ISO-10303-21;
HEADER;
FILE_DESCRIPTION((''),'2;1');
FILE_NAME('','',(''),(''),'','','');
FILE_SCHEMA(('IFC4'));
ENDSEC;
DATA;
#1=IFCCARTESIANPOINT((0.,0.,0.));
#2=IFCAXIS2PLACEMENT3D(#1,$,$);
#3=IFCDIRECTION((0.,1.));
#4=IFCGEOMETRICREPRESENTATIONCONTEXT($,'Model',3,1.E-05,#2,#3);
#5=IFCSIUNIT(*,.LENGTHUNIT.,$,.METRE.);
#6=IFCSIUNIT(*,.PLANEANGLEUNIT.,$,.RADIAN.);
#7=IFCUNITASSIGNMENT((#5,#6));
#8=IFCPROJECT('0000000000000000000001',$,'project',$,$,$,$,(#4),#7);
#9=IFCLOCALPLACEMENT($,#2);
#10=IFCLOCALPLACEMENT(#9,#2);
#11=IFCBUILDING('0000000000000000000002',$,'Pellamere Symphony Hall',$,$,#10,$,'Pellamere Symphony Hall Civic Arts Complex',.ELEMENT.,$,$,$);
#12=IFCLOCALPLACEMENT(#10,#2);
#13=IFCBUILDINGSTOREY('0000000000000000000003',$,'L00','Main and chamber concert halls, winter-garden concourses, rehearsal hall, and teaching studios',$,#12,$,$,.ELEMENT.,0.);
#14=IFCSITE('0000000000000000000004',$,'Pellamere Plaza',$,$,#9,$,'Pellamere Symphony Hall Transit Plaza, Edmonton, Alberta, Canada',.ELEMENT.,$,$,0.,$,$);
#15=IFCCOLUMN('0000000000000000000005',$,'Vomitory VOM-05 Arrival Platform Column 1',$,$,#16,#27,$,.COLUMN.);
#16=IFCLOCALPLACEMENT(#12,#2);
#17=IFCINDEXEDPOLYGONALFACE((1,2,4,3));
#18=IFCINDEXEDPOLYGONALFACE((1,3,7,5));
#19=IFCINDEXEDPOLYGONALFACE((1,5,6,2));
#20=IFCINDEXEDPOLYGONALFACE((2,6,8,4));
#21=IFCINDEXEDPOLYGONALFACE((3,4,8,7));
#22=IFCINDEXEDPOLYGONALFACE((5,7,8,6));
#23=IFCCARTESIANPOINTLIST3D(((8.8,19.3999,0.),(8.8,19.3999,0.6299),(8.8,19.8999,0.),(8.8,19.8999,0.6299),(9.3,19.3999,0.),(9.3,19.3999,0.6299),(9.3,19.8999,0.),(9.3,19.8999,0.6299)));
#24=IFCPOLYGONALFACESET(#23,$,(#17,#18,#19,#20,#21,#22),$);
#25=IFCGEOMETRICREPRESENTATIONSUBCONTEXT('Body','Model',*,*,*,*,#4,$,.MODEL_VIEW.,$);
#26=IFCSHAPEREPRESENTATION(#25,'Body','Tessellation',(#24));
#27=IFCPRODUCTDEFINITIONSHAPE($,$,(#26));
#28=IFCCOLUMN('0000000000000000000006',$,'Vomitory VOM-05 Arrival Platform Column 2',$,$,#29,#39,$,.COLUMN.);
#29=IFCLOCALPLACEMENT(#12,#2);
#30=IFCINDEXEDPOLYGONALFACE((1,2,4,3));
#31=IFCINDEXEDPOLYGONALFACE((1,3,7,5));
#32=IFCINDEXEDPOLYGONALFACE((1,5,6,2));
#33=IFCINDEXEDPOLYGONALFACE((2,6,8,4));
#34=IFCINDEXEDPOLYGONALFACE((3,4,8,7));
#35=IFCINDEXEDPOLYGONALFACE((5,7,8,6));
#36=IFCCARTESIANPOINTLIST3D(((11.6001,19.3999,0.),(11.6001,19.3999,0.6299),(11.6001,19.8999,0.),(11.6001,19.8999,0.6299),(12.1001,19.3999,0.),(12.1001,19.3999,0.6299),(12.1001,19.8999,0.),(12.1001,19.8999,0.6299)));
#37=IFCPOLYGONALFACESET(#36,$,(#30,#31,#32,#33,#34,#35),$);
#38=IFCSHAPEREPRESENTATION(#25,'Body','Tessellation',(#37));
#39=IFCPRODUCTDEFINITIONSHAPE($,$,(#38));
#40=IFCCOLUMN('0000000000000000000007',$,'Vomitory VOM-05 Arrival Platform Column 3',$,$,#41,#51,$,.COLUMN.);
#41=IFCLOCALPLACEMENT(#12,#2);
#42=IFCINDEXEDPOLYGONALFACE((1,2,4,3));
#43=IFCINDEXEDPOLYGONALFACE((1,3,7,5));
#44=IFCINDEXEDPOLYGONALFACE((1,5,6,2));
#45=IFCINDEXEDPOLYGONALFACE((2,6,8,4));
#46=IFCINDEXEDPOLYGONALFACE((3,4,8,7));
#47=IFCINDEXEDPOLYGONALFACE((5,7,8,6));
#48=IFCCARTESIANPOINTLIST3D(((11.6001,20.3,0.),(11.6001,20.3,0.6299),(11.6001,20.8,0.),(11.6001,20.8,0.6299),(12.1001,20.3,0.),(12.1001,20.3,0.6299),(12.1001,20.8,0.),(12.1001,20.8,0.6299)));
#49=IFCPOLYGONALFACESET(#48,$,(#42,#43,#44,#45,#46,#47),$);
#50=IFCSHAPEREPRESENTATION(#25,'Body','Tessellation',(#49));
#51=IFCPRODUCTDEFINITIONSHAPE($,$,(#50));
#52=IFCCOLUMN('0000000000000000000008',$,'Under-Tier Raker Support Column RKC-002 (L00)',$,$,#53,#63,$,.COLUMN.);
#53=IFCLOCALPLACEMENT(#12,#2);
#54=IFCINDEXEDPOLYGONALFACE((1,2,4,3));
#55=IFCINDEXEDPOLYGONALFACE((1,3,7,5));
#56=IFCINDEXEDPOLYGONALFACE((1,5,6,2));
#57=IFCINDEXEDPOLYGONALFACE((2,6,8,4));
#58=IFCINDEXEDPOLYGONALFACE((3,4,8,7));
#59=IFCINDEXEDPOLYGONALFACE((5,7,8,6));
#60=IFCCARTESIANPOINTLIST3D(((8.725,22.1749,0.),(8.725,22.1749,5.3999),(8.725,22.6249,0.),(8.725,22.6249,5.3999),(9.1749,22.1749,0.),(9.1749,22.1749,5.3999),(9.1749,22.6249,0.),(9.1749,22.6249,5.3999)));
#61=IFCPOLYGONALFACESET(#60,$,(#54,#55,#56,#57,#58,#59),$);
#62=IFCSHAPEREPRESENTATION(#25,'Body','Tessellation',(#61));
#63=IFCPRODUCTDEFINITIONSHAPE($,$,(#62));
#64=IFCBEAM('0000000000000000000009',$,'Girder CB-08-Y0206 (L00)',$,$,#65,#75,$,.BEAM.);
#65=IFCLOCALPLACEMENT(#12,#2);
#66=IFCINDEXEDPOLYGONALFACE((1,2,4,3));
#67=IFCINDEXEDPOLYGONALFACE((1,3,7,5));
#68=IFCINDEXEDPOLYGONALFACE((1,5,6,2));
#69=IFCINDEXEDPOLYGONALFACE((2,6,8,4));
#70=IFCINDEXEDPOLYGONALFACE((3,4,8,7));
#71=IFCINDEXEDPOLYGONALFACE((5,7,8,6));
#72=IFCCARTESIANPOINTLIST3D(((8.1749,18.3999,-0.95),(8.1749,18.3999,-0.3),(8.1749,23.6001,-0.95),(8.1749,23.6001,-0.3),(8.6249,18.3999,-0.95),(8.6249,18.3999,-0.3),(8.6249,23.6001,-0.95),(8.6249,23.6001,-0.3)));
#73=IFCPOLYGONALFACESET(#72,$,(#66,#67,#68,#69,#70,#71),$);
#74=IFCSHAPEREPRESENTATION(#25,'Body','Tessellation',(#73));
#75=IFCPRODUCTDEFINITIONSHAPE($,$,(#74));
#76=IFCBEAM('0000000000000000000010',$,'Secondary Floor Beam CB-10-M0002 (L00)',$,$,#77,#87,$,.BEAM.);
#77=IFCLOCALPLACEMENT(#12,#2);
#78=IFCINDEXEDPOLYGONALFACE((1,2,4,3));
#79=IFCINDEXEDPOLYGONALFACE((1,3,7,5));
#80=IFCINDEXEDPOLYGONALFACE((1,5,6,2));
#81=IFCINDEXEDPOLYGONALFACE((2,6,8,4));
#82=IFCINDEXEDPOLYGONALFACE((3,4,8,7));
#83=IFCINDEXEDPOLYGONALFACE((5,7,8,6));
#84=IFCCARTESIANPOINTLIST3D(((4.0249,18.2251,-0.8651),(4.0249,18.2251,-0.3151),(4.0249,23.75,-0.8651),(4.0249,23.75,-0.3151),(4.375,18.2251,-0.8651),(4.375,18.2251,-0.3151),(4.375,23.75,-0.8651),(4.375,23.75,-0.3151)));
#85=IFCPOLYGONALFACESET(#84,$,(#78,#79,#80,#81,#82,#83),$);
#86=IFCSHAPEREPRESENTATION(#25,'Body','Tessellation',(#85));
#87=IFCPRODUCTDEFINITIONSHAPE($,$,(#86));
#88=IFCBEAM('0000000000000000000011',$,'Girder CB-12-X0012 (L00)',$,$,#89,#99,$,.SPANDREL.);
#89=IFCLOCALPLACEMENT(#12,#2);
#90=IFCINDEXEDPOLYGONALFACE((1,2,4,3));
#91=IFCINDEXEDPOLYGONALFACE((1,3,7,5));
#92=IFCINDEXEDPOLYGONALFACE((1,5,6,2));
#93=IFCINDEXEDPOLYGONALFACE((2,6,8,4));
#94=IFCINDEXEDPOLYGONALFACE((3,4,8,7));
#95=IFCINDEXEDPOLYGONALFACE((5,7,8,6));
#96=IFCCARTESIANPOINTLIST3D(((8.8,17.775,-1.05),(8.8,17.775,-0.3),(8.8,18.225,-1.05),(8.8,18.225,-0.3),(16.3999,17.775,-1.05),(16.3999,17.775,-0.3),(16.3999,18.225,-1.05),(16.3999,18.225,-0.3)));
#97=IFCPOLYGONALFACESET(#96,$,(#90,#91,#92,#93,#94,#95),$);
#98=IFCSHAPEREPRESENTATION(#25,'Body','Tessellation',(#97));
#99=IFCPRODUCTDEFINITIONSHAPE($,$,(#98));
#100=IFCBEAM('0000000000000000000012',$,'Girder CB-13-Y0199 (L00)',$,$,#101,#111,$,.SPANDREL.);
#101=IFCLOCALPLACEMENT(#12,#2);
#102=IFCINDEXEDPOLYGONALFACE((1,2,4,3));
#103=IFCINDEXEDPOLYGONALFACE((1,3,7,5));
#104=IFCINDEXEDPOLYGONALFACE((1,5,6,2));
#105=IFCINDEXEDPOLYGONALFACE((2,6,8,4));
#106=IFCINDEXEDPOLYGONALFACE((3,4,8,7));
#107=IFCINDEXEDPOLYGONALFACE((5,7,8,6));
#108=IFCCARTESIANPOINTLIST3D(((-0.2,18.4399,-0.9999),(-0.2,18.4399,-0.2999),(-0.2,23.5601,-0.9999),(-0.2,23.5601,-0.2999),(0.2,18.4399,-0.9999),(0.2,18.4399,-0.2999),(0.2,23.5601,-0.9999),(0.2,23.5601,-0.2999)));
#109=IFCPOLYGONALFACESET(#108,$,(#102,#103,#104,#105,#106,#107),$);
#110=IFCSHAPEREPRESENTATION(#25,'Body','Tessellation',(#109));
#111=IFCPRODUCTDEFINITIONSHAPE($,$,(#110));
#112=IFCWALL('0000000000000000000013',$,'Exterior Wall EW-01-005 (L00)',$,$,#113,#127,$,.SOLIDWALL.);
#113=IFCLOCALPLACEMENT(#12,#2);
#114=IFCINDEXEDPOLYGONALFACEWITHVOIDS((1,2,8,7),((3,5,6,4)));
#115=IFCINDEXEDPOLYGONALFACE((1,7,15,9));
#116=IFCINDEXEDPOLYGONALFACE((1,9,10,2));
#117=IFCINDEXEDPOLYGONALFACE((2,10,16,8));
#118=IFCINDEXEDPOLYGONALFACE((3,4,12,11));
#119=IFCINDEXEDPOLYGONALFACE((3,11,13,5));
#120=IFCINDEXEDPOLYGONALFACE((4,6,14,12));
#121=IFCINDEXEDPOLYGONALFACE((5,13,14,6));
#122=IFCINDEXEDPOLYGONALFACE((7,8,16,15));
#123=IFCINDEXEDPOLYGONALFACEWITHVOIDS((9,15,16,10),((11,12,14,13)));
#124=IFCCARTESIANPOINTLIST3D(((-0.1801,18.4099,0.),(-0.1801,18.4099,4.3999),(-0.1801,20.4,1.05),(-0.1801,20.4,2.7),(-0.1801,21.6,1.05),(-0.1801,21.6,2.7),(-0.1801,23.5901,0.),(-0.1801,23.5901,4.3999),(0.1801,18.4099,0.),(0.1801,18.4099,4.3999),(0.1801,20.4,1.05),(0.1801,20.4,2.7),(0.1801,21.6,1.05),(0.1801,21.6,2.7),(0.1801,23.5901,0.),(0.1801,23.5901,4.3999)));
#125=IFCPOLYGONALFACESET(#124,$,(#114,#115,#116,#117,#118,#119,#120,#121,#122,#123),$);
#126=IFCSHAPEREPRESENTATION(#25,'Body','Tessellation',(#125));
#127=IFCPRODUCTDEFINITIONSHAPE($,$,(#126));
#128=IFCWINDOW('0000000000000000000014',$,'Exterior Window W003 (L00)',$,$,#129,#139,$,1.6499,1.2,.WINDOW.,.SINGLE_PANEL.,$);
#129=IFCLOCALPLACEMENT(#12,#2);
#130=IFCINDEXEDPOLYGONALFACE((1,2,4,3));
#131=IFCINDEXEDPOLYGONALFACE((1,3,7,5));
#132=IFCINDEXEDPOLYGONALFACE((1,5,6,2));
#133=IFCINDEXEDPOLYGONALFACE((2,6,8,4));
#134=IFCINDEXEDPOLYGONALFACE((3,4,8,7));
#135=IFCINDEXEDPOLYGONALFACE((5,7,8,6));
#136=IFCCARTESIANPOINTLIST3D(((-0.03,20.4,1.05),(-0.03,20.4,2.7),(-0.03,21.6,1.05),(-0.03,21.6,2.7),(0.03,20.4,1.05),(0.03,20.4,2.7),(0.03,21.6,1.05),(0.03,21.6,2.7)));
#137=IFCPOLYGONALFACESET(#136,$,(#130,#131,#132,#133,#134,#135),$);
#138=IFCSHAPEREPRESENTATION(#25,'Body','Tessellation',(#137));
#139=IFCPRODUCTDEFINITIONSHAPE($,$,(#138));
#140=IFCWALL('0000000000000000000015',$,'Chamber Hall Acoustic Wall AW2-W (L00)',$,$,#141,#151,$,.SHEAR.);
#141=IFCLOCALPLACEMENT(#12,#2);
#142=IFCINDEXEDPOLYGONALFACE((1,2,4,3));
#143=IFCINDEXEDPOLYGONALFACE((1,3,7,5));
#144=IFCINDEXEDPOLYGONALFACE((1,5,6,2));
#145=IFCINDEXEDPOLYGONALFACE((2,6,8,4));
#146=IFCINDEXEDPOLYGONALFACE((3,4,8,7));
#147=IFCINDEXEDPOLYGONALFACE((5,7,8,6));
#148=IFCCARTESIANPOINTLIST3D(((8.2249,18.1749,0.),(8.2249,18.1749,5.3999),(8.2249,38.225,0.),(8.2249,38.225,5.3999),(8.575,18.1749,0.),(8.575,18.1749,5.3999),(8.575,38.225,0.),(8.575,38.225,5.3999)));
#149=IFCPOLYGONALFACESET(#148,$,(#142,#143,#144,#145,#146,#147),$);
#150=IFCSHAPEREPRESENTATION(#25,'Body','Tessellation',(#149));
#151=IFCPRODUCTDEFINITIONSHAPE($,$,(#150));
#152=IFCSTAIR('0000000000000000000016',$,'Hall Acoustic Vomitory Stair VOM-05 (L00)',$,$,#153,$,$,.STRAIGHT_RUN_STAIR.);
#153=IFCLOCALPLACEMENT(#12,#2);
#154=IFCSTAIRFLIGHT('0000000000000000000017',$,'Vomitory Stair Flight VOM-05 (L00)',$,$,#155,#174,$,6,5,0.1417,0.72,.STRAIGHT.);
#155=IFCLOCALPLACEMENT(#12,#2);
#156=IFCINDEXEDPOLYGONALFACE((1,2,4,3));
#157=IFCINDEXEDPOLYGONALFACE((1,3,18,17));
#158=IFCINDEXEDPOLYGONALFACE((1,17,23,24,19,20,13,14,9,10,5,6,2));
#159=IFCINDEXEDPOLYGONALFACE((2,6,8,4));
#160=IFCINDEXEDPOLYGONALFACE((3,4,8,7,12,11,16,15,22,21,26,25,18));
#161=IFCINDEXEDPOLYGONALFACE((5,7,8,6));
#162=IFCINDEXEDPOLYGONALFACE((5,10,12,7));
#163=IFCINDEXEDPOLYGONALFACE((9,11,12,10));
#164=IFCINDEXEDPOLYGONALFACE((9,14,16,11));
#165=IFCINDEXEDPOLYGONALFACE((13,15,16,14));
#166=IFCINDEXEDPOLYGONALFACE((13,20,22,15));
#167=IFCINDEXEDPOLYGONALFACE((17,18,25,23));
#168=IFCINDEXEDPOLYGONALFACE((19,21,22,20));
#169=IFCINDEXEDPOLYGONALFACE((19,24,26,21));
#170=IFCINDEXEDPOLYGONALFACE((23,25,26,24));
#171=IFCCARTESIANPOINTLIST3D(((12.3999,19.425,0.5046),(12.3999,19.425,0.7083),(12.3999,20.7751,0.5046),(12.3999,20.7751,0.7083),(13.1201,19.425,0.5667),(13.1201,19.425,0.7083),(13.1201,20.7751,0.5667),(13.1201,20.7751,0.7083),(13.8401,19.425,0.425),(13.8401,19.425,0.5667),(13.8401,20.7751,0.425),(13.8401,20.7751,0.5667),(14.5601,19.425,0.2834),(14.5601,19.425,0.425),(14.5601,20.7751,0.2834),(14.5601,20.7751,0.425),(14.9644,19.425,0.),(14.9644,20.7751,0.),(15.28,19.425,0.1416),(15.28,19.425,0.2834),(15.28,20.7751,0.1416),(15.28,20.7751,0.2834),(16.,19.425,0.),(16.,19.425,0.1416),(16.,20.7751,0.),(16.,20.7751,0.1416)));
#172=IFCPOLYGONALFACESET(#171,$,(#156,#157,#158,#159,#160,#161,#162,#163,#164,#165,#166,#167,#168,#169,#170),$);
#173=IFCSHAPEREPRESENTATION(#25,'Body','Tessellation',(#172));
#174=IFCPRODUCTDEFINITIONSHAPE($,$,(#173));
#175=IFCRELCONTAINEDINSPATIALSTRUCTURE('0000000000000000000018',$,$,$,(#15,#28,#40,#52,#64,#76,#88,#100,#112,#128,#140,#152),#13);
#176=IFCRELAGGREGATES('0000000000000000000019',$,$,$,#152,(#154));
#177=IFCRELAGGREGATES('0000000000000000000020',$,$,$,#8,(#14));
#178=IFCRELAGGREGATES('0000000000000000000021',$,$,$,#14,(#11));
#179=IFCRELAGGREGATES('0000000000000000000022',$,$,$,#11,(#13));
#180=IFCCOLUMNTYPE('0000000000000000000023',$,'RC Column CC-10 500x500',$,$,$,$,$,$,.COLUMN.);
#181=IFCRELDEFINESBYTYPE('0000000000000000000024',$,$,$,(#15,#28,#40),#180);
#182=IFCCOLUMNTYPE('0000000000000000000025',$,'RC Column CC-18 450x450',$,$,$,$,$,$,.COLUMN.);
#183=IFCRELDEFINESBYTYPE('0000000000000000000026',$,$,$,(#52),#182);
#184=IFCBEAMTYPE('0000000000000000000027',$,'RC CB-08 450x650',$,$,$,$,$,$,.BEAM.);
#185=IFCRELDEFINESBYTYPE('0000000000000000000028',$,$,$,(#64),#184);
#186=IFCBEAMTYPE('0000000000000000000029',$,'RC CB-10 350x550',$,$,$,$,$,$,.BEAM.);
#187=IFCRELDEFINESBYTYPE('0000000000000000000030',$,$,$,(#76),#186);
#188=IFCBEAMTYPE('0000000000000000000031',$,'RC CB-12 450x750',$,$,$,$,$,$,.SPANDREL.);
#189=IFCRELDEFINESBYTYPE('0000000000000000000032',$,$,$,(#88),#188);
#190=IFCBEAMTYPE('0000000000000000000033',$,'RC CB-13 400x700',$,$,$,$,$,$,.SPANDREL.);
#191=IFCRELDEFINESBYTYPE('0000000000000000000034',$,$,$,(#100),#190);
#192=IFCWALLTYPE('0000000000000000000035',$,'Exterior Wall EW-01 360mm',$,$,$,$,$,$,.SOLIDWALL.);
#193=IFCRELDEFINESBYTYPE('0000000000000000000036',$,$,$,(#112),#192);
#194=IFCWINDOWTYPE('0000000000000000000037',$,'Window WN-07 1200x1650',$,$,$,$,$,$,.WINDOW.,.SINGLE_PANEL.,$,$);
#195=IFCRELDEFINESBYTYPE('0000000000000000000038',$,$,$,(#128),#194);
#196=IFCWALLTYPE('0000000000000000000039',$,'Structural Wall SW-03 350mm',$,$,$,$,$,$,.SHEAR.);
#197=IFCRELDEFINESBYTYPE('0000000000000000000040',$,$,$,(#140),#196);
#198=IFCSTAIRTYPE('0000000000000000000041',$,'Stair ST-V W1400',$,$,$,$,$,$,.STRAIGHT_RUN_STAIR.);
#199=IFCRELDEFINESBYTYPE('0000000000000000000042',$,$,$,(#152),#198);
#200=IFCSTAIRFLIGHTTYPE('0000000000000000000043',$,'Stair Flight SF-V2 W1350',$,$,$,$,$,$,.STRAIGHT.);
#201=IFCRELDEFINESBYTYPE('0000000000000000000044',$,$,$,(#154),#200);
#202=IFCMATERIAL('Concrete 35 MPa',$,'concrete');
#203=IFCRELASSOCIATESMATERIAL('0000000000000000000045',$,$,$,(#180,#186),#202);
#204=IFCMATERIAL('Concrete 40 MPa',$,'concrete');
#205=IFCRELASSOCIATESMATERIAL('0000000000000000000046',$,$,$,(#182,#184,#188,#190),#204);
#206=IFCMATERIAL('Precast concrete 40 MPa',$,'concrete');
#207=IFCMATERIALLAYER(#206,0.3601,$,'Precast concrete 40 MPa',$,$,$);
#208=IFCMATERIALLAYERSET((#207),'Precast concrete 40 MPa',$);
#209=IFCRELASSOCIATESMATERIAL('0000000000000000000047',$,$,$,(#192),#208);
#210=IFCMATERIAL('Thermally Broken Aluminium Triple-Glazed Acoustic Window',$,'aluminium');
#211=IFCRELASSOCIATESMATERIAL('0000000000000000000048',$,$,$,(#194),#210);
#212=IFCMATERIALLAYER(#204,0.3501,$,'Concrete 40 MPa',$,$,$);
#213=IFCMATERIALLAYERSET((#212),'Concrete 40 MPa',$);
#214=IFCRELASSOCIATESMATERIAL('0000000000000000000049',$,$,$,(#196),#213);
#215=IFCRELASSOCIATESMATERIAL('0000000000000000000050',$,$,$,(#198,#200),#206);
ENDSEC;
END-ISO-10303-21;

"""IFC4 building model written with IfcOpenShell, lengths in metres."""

from ifc_helpers import new_model, si_unit, direction, frame, frame_2d, origin, origin_2d, place, context, subcontext, project, spatial, polyline, rectangle, outline, extrude, material, layer, layer_set, material_profile, profile_set, type_object, element, fill, aggregate, save


model = new_model("IFC4")

# Units and contexts
model_context = context("Model", 3, precision=1e-05, world=origin(), true_north=direction((0.0, 1.0)))
body_context = subcontext(model_context, "Body", "Model", "MODEL_VIEW")
ifc_project = project(units=[si_unit("LENGTHUNIT", "METRE"), si_unit("PLANEANGLEUNIT", "RADIAN")], contexts=[model_context])

# Site, building, storey
site_placement = place(None, origin())
site = spatial("IfcSite", under=ifc_project, at=site_placement, Name="Pellamere Plaza", LongName="Pellamere Symphony Hall Transit Plaza, Edmonton, Alberta, Canada", CompositionType="ELEMENT", RefElevation=0.0)
building_placement = place(site_placement, origin())
building = spatial("IfcBuilding", under=site, at=building_placement, Name="Pellamere Symphony Hall", LongName="Pellamere Symphony Hall Civic Arts Complex", CompositionType="ELEMENT")
storey_placement = place(building_placement, origin())
storey = spatial("IfcBuildingStorey", under=building, at=storey_placement, Name="L00", Description="Main and chamber concert halls, winter-garden concourses, rehearsal hall, and teaching studios", CompositionType="ELEMENT", Elevation=0.0)

# Columns
ifc_material_1 = material(Name="Concrete 35 MPa", Category="concrete")
ifc_material_profile_1 = material_profile(ifc_material_1, rectangle(XDim=0.5, YDim=0.5, at=origin_2d()), Name="RC 500x500")
ifc_profile_set_1 = profile_set([ifc_material_profile_1], Name="Concrete 35 MPa")
column_type_1 = type_object("IfcColumnType", Name="RC Column CC-10 500x500", PredefinedType="COLUMN", material=ifc_profile_set_1)
for number, where, z_axis, x_axis, name in (
    (1, (9.05, 19.6499, 0.0), (0.0, 0.0, 1.0), (1.0, 0.0, 0.0), "Vomitory VOM-05 Arrival Platform Column 1"),
    (2, (11.8501, 19.6499, 0.0), (0.0, 0.0, 1.0), (1.0, 0.0, 0.0), "Vomitory VOM-05 Arrival Platform Column 2"),
    (3, (11.8501, 20.55, 0.0), (0.0, 0.0, 1.0), (1.0, 0.0, 0.0), "Vomitory VOM-05 Arrival Platform Column 3"),
):
    element("IfcColumn", number, at=place(storey_placement, frame(where, z_axis=z_axis, x_axis=x_axis)), inside=storey, type_object=column_type_1, Name=name, PredefinedType="COLUMN", context=body_context, shape_type="SweptSolid", body=[
        extrude(rectangle(XDim=0.5, YDim=0.5, at=origin_2d()), origin(), (0.0, 0.0, 1.0), 0.6299),
    ])
ifc_material_2 = material(Name="Concrete 40 MPa", Category="concrete")
ifc_material_profile_2 = material_profile(ifc_material_2, rectangle(XDim=0.45, YDim=0.45, at=origin_2d()), Name="RC 450x450")
ifc_profile_set_2 = profile_set([ifc_material_profile_2], Name="Concrete 40 MPa")
column_type_2 = type_object("IfcColumnType", Name="RC Column CC-18 450x450", PredefinedType="COLUMN", material=ifc_profile_set_2)
column_placement = place(storey_placement, frame((8.95, 22.3999, 0.0), z_axis=(0.0, 0.0, 1.0), x_axis=(1.0, 0.0, 0.0)))
element("IfcColumn", 4, at=column_placement, inside=storey, type_object=column_type_2, Name="Under-Tier Raker Support Column RKC-002 (L00)", PredefinedType="COLUMN", context=body_context, shape_type="SweptSolid", body=[
    extrude(rectangle(XDim=0.45, YDim=0.45, at=origin_2d()), origin(), (0.0, 0.0, 1.0), 5.3999),
])

# Beams
ifc_material_profile_3 = material_profile(ifc_material_2, rectangle(XDim=0.45, YDim=0.6499, at=origin_2d()), Name="RC 450x650")
ifc_profile_set_3 = profile_set([ifc_material_profile_3], Name="Concrete 40 MPa")
beam_type_1 = type_object("IfcBeamType", Name="RC CB-08 450x650", PredefinedType="BEAM", material=ifc_profile_set_3)
beam_1_placement = place(storey_placement, frame((8.3999, 18.3999, -0.625), z_axis=(0.0, 1.0, 0.0), x_axis=(-1.0, 0.0, 0.0)))
element("IfcBeam", 5, at=beam_1_placement, inside=storey, type_object=beam_type_1, Name="Girder CB-08-Y0206 (L00)", PredefinedType="BEAM", context=body_context, shape_type="SweptSolid", body=[
    extrude(rectangle(XDim=0.45, YDim=0.6499, at=origin_2d()), origin(), (0.0, 0.0, 1.0), 5.2002),
])
ifc_material_profile_4 = material_profile(ifc_material_1, rectangle(XDim=0.3501, YDim=0.55, at=origin_2d()), Name="RC 350x550")
ifc_profile_set_4 = profile_set([ifc_material_profile_4], Name="Concrete 35 MPa")
beam_type_2 = type_object("IfcBeamType", Name="RC CB-10 350x550", PredefinedType="BEAM", material=ifc_profile_set_4)
beam_2_placement = place(storey_placement, frame((4.2, 18.2251, -0.5901), z_axis=(0.0, 1.0, 0.0), x_axis=(-1.0, 0.0, 0.0)))
element("IfcBeam", 6, at=beam_2_placement, inside=storey, type_object=beam_type_2, Name="Secondary Floor Beam CB-10-M0002 (L00)", PredefinedType="BEAM", context=body_context, shape_type="SweptSolid", body=[
    extrude(rectangle(XDim=0.3501, YDim=0.55, at=origin_2d()), origin(), (0.0, 0.0, 1.0), 5.5249),
])
ifc_material_profile_5 = material_profile(ifc_material_2, rectangle(XDim=0.45, YDim=0.75, at=origin_2d()), Name="RC 450x750")
ifc_profile_set_5 = profile_set([ifc_material_profile_5], Name="Concrete 40 MPa")
beam_type_3 = type_object("IfcBeamType", Name="RC CB-12 450x750", PredefinedType="SPANDREL", material=ifc_profile_set_5)
beam_3_placement = place(storey_placement, frame((8.8, 18.0, -0.675), z_axis=(1.0, 0.0, 0.0), x_axis=(0.0, 1.0, 0.0)))
element("IfcBeam", 7, at=beam_3_placement, inside=storey, type_object=beam_type_3, Name="Girder CB-12-X0012 (L00)", PredefinedType="SPANDREL", context=body_context, shape_type="SweptSolid", body=[
    extrude(rectangle(XDim=0.45, YDim=0.75, at=origin_2d()), origin(), (0.0, 0.0, 1.0), 7.5999),
])
ifc_material_profile_6 = material_profile(ifc_material_2, rectangle(XDim=0.3999, YDim=0.7, at=origin_2d()), Name="RC 400x700")
ifc_profile_set_6 = profile_set([ifc_material_profile_6], Name="Concrete 40 MPa")
beam_type_4 = type_object("IfcBeamType", Name="RC CB-13 400x700", PredefinedType="SPANDREL", material=ifc_profile_set_6)
beam_4_placement = place(storey_placement, frame((0.0, 18.4399, -0.6499), z_axis=(0.0, 1.0, 0.0), x_axis=(-1.0, 0.0, 0.0)))
element("IfcBeam", 8, at=beam_4_placement, inside=storey, type_object=beam_type_4, Name="Girder CB-13-Y0199 (L00)", PredefinedType="SPANDREL", context=body_context, shape_type="SweptSolid", body=[
    extrude(rectangle(XDim=0.3999, YDim=0.7, at=origin_2d()), origin(), (0.0, 0.0, 1.0), 5.1201),
])

# Wall, opening, window
ifc_material_3 = material(Name="Precast concrete 40 MPa", Category="concrete")
ifc_layer_1 = layer(ifc_material_3, 0.3601, Name="Precast concrete 40 MPa")
ifc_layer_set_1 = layer_set([ifc_layer_1], Name="Precast concrete 40 MPa")
wall_type_1 = type_object("IfcWallType", Name="Exterior Wall EW-01 360mm", PredefinedType="SOLIDWALL", material=ifc_layer_set_1)
wall_1_placement = place(storey_placement, frame((0.0, 18.4099, 0.0), z_axis=(0.0, 0.0, 1.0), x_axis=(0.0, 1.0, 0.0)))
wall_1 = element("IfcWall", 9, at=wall_1_placement, inside=storey, type_object=wall_type_1, Name="Exterior Wall EW-01-005 (L00)", PredefinedType="SOLIDWALL", context=body_context, shape_type="SweptSolid", body=[
    extrude(rectangle(XDim=5.1802, YDim=0.3601, at=frame_2d((2.5901, 0.0))), origin(), (0.0, 0.0, 1.0), 4.3999),
])
opening_placement = place(wall_1_placement, frame((1.99, 0.0, 1.05)))
opening = element("IfcOpeningElement", 10, at=opening_placement, cuts=wall_1, PredefinedType="OPENING", context=body_context, shape_type="SweptSolid", body=[
    extrude(rectangle(XDim=1.2, YDim=1.6499, at=frame_2d((0.6001, 0.825))), frame((0.0, 0.1899, 0.0), z_axis=(0.0, -1.0, 0.0), x_axis=(1.0, 0.0, 0.0)), (0.0, 0.0, 1.0), 0.3801),
])
ifc_material_4 = material(Name="Thermally Broken Aluminium Triple-Glazed Acoustic Window", Category="aluminium")
window_type = type_object("IfcWindowType", Name="Window WN-07 1200x1650", PartitioningType="SINGLE_PANEL", PredefinedType="WINDOW", material=ifc_material_4)
window_placement = place(opening_placement, origin())
window = element("IfcWindow", 11, at=window_placement, inside=storey, type_object=window_type, Name="Exterior Window W003 (L00)", OverallHeight=1.6499, OverallWidth=1.2, PartitioningType="SINGLE_PANEL", PredefinedType="WINDOW", context=body_context, shape_type="SweptSolid", body=[
    extrude(rectangle(XDim=1.2, YDim=1.6499, at=frame_2d((0.6001, 0.825))), frame((0.0, 0.03, 0.0), z_axis=(0.0, -1.0, 0.0), x_axis=(1.0, 0.0, 0.0)), (0.0, 0.0, 1.0), 0.0601),
])
fill(opening, window)

# Wall
ifc_layer_2 = layer(ifc_material_2, 0.3501, Name="Concrete 40 MPa")
ifc_layer_set_2 = layer_set([ifc_layer_2], Name="Concrete 40 MPa")
wall_type_2 = type_object("IfcWallType", Name="Structural Wall SW-03 350mm", PredefinedType="SHEAR", material=ifc_layer_set_2)
wall_2_placement = place(storey_placement, frame((8.3999, 18.175, 0.0), z_axis=(0.0, 0.0, 1.0), x_axis=(0.0, 1.0, 0.0)))
element("IfcWall", 12, at=wall_2_placement, inside=storey, type_object=wall_type_2, Name="Chamber Hall Acoustic Wall AW2-W (L00)", PredefinedType="SHEAR", context=body_context, shape_type="SweptSolid", body=[
    extrude(rectangle(XDim=20.05, YDim=0.3501, at=frame_2d((10.0249, 0.0))), origin(), (0.0, 0.0, 1.0), 5.3999),
])

# Stair, stair flight
stair_type = type_object("IfcStairType", Name="Stair ST-V W1400", PredefinedType="STRAIGHT_RUN_STAIR", material=ifc_material_3)
stair_placement = place(storey_placement, origin())
stair = element("IfcStair", 13, at=stair_placement, inside=storey, type_object=stair_type, Name="Hall Acoustic Vomitory Stair VOM-05 (L00)", PredefinedType="STRAIGHT_RUN_STAIR")
stair_flight_type = type_object("IfcStairFlightType", Name="Stair Flight SF-V2 W1350", PredefinedType="STRAIGHT", material=ifc_material_3)
stair_flight_placement = place(storey_placement, frame((16.0, 20.1001, 0.0), z_axis=(0.0, 0.0, 1.0), x_axis=(-1.0, 0.0, 0.0)))
stair_flight = element("IfcStairFlight", 14, at=stair_flight_placement, type_object=stair_flight_type, Name="Vomitory Stair Flight VOM-05 (L00)", NumberOfRisers=6, NumberOfTreads=5, PredefinedType="STRAIGHT", RiserHeight=0.1417, TreadLength=0.72, context=body_context, shape_type="SweptSolid", body=[
    extrude(outline(polyline([(0.0, 0.0), (0.0, 0.1416), (0.72, 0.1416), (0.72, 0.2834), (1.4399, 0.2834), (1.4399, 0.425), (2.1599, 0.425), (2.1599, 0.5667), (2.8799, 0.5667), (2.8799, 0.7083), (3.6001, 0.7083), (3.6001, 0.8501), (3.6001, 0.5046), (1.0356, 0.0), (0.0, 0.0)])), frame((0.0, 0.675, 0.0), z_axis=(0.0, -1.0, 0.0), x_axis=(1.0, 0.0, 0.0)), (0.0, 0.0, 1.0), 1.3501),
])
aggregate(stair, [stair_flight])

save(model, "model.ifc")
